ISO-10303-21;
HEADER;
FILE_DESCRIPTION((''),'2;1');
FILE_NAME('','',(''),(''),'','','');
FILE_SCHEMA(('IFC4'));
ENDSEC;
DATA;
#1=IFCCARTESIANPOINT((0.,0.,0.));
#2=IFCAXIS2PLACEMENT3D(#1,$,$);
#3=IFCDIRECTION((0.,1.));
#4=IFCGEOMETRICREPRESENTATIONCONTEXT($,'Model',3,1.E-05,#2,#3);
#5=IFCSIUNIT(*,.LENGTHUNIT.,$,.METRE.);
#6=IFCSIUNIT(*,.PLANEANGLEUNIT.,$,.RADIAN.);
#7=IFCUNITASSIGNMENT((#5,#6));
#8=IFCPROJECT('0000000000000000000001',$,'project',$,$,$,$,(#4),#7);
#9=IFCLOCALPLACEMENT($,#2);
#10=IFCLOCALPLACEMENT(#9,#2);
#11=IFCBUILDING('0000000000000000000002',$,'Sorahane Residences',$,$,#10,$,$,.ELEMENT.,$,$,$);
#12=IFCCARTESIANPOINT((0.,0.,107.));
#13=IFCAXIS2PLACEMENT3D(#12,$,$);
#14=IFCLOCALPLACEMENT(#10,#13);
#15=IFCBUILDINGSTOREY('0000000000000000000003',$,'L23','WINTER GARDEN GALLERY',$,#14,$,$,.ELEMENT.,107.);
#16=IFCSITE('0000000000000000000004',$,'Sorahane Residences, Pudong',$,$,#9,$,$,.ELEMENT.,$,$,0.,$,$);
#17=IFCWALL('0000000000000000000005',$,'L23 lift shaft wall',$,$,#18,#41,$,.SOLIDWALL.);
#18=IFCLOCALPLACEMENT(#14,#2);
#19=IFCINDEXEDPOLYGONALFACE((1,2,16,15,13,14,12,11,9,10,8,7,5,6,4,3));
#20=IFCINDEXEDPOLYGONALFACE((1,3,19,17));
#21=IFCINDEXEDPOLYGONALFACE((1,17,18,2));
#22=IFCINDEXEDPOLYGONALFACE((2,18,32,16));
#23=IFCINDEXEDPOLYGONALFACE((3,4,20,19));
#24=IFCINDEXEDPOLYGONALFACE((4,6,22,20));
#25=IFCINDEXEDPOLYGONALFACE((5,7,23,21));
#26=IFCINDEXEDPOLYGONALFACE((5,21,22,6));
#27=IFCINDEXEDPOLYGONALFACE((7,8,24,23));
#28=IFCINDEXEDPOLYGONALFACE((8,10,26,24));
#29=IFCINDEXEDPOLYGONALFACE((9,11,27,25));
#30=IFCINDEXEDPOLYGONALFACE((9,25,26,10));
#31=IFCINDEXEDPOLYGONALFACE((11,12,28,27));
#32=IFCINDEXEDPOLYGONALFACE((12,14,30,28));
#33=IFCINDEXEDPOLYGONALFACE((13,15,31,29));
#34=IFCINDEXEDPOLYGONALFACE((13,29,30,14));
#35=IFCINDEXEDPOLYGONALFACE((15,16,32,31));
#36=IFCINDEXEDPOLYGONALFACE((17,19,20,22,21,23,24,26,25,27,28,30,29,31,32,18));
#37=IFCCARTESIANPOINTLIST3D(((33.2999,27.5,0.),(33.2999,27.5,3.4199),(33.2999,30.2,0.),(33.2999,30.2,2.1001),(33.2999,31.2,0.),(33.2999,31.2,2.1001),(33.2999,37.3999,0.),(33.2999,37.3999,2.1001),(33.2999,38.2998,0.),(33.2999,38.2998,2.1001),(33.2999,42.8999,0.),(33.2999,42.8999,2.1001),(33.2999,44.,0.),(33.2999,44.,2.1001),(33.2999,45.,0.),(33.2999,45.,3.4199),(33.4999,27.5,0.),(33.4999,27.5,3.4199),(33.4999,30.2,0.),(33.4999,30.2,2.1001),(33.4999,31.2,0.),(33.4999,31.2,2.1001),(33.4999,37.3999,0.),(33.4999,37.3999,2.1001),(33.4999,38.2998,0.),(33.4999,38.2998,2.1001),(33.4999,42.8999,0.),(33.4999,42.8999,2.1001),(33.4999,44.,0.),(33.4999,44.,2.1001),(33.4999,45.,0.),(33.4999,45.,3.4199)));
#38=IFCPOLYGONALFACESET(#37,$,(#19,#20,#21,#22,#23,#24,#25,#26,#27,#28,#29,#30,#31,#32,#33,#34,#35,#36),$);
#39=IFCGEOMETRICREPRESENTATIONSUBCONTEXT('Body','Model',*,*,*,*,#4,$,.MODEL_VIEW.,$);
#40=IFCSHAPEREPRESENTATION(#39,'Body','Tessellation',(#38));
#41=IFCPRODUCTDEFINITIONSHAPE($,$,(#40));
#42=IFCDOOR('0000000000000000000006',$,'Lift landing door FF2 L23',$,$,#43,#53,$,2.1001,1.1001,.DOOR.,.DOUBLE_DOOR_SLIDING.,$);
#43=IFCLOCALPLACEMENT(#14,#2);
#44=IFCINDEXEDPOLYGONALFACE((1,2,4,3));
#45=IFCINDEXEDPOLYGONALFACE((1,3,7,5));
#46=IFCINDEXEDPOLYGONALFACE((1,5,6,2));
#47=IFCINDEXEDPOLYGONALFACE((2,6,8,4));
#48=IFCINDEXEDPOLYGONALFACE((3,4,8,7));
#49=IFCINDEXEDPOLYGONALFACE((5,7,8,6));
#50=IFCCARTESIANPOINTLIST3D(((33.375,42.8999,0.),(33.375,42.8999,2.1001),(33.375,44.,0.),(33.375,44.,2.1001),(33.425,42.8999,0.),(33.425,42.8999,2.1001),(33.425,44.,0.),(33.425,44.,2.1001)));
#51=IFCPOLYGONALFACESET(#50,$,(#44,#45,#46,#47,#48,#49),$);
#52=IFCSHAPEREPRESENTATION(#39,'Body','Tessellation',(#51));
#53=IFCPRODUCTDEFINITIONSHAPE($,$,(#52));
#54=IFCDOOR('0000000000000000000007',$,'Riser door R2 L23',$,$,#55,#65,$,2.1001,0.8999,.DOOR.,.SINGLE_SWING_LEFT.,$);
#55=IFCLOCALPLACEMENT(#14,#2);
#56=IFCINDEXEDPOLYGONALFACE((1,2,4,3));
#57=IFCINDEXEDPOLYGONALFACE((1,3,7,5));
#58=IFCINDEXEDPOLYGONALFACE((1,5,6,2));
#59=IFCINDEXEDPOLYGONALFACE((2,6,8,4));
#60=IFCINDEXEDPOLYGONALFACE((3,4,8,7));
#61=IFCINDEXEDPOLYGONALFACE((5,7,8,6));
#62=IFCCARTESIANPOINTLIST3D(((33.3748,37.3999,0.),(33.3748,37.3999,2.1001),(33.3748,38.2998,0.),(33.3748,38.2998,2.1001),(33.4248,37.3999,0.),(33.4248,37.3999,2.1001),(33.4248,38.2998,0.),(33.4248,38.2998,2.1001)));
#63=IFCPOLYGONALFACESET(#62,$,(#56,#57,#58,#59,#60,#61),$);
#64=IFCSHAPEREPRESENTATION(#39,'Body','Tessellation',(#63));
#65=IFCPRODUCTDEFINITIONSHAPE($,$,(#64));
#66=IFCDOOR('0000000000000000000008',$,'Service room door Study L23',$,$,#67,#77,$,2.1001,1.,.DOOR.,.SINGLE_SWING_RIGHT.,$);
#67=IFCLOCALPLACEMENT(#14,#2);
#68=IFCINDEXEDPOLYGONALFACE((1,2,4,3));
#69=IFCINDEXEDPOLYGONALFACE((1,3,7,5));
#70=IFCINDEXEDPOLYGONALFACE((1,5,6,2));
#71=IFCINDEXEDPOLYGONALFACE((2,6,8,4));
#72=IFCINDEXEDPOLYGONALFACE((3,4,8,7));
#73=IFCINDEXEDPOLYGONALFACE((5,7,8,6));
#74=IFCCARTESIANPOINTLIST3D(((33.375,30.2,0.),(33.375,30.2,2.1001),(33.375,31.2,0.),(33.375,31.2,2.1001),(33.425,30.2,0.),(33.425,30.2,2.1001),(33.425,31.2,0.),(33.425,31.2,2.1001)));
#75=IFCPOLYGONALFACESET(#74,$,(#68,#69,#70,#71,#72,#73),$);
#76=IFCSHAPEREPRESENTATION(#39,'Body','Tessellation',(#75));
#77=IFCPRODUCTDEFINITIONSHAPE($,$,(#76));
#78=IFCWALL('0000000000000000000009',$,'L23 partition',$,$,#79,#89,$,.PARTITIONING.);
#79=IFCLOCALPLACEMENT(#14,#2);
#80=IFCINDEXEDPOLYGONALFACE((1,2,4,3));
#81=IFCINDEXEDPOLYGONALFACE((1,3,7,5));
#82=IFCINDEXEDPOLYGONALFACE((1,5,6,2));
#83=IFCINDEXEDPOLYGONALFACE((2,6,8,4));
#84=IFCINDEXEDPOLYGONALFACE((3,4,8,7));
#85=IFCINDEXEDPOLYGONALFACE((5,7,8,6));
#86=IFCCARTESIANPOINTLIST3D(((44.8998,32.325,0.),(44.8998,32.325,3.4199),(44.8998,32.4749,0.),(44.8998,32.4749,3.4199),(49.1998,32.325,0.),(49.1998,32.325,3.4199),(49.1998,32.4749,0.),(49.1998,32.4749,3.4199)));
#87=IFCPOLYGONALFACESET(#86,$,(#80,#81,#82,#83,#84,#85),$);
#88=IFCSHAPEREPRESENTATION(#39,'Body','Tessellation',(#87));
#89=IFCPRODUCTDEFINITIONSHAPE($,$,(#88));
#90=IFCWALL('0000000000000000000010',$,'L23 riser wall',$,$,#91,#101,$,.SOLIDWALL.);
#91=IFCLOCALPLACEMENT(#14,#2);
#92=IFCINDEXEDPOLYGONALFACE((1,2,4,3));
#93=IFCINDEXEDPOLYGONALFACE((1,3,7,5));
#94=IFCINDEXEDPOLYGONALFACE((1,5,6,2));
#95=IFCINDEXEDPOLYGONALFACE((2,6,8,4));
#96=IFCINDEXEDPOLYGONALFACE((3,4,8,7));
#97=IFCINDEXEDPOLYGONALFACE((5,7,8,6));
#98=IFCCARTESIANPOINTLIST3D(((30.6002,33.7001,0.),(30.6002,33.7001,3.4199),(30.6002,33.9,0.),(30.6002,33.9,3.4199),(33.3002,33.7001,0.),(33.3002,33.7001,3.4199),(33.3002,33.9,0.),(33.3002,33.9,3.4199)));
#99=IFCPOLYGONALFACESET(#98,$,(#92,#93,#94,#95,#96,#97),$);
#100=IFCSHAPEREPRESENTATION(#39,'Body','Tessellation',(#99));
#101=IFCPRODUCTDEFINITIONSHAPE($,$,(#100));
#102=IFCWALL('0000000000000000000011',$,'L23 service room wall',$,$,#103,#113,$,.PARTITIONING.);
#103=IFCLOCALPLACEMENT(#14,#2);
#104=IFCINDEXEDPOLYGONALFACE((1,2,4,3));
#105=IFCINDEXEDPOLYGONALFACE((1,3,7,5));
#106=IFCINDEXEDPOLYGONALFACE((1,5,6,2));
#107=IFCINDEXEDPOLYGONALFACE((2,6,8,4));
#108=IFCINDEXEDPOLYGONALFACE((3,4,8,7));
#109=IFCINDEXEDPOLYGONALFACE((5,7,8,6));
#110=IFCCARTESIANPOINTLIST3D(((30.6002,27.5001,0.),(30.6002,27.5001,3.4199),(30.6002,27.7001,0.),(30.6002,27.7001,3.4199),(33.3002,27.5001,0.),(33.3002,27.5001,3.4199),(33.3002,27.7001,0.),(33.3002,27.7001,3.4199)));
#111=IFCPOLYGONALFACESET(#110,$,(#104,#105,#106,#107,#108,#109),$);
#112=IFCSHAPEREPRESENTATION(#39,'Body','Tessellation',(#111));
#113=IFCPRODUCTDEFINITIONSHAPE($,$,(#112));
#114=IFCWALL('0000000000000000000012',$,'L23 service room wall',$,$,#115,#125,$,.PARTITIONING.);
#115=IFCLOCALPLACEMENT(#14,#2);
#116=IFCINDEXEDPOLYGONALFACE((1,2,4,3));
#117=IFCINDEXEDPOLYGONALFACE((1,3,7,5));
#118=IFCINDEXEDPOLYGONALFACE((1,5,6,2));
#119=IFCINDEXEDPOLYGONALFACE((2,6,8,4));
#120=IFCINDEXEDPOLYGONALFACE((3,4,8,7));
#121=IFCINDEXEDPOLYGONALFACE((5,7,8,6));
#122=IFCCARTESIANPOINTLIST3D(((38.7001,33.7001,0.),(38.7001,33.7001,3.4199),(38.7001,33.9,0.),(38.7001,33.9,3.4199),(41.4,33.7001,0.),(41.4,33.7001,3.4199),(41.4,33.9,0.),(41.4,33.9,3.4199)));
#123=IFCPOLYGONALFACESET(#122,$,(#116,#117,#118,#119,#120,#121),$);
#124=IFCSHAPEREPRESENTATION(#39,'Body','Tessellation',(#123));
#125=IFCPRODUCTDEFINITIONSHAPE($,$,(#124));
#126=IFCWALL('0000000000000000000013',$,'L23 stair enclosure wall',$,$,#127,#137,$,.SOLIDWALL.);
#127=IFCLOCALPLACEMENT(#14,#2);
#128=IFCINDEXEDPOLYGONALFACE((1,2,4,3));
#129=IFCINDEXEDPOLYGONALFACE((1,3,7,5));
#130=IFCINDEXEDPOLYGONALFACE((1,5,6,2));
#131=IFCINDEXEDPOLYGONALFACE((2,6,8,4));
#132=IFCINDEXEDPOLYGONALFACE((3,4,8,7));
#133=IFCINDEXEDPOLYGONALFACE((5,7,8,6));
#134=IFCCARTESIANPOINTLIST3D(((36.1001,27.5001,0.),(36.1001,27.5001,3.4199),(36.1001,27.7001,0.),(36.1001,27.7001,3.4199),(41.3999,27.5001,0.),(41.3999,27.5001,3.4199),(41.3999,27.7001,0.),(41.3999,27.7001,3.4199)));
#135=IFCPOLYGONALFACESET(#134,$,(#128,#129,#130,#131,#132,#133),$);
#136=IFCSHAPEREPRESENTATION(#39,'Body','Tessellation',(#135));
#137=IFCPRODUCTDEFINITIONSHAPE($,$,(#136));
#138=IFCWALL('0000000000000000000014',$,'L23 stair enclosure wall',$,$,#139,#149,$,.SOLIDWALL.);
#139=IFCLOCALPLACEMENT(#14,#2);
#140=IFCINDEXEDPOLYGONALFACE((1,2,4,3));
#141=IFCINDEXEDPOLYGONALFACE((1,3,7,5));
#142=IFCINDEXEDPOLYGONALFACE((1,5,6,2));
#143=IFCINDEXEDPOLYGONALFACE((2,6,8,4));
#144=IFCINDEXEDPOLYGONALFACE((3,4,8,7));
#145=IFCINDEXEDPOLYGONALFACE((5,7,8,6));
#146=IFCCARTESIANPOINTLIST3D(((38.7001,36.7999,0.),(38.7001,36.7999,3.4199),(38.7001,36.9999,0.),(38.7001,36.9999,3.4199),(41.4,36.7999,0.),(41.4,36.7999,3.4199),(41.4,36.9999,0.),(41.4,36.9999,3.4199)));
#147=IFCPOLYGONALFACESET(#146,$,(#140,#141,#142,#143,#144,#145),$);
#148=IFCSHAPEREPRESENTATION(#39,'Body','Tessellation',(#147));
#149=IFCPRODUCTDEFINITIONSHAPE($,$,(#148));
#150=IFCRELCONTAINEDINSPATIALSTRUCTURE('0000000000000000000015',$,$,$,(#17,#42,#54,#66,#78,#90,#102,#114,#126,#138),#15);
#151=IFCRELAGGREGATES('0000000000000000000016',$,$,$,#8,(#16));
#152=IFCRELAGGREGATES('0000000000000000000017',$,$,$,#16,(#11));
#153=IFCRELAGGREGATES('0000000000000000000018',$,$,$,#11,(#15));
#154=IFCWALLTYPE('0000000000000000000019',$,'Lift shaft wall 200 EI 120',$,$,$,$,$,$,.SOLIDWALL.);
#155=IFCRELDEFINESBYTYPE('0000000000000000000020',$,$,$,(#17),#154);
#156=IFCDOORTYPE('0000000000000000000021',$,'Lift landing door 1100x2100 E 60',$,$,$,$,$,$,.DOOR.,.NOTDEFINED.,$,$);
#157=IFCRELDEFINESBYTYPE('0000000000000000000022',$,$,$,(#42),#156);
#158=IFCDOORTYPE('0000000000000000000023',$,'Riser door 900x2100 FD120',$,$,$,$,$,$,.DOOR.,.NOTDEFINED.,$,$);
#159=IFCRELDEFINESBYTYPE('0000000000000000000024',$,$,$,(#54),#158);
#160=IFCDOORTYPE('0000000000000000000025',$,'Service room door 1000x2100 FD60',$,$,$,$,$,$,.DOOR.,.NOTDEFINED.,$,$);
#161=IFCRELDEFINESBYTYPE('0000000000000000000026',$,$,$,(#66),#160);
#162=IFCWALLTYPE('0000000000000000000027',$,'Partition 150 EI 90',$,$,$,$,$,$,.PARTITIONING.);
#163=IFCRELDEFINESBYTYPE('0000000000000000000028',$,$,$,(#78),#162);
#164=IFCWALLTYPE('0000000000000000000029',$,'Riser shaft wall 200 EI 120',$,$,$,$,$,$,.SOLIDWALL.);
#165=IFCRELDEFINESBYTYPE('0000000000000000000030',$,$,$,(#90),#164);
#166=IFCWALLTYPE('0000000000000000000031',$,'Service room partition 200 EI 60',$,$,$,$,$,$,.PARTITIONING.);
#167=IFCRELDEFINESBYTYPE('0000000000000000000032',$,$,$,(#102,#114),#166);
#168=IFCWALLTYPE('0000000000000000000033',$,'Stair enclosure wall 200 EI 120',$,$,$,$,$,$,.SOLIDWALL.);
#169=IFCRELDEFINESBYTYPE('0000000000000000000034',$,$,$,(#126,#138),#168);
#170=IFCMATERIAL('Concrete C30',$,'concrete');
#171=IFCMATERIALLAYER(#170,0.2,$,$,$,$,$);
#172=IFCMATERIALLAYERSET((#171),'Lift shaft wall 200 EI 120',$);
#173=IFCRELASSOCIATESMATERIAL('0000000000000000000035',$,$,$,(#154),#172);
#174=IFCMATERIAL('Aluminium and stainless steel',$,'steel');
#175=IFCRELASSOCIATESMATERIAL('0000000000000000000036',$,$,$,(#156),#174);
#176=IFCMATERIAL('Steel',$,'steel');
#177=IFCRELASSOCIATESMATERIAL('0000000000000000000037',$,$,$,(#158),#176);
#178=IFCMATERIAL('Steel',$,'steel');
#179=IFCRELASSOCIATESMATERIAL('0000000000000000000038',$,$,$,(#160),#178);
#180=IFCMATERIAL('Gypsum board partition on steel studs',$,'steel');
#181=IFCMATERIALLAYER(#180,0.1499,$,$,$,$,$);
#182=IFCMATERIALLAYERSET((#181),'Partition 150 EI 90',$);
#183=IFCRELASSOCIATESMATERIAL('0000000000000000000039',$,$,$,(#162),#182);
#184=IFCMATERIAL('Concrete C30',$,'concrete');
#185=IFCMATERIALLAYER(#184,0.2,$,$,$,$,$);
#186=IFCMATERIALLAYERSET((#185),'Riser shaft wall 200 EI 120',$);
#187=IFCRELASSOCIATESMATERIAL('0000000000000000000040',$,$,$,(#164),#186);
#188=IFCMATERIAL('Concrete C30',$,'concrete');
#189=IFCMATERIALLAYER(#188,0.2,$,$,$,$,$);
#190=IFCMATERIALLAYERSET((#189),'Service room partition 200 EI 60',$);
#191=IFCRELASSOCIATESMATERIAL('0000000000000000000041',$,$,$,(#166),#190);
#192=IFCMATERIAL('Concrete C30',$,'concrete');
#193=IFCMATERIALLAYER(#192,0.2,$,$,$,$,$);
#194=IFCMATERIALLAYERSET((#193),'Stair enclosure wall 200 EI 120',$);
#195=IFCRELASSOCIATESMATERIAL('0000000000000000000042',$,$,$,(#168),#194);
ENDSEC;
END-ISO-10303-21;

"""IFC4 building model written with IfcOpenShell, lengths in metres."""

from ifc_helpers import new_model, si_unit, direction, frame, frame_2d, origin, place, context, subcontext, project, spatial, rectangle, extrude, material, layer, layer_set, type_object, element, fill, save


model = new_model("IFC4")

# Units and contexts
model_context = context("Model", 3, precision=1e-05, world=origin(), true_north=direction((0.0, 1.0)))
body_context = subcontext(model_context, "Body", "Model", "MODEL_VIEW")
ifc_project = project(units=[si_unit("LENGTHUNIT", "METRE"), si_unit("PLANEANGLEUNIT", "RADIAN")], contexts=[model_context])

# Site, building, storey
site_placement = place(None, origin())
site = spatial("IfcSite", under=ifc_project, at=site_placement, Name="Sorahane Residences, Pudong", CompositionType="ELEMENT", RefElevation=0.0)
building_placement = place(site_placement, origin())
building = spatial("IfcBuilding", under=site, at=building_placement, Name="Sorahane Residences", CompositionType="ELEMENT")
storey_placement = place(building_placement, frame((0.0, 0.0, 107.0)))
storey = spatial("IfcBuildingStorey", under=building, at=storey_placement, Name="L23", Description="WINTER GARDEN GALLERY", CompositionType="ELEMENT", Elevation=107.0)

# Wall, openings, doors
ifc_material_1 = material(Name="Concrete C30", Category="concrete")
ifc_layer_1 = layer(ifc_material_1, 0.2)
ifc_layer_set_1 = layer_set([ifc_layer_1], Name="Lift shaft wall 200 EI 120")
wall_type_1 = type_object("IfcWallType", Name="Lift shaft wall 200 EI 120", PredefinedType="SOLIDWALL", material=ifc_layer_set_1)
wall_1_placement = place(storey_placement, frame((33.3999, 27.5, 0.0), z_axis=(0.0, 0.0, 1.0), x_axis=(0.0, 1.0, 0.0)))
wall_1 = element("IfcWall", 1, at=wall_1_placement, inside=storey, type_object=wall_type_1, Name="L23 lift shaft wall", PredefinedType="SOLIDWALL", context=body_context, shape_type="SweptSolid", body=[
    extrude(rectangle(XDim=17.5, YDim=0.2, at=frame_2d((8.75, 0.0))), origin(), (0.0, 0.0, 1.0), 3.4199),
])
opening_1_placement = place(wall_1_placement, frame((15.3999, 0.0, 0.0)))
opening_1 = element("IfcOpeningElement", 2, at=opening_1_placement, cuts=wall_1, PredefinedType="OPENING", context=body_context, shape_type="SweptSolid", body=[
    extrude(rectangle(XDim=1.1001, YDim=2.1001, at=frame_2d((0.55, 1.05))), frame((0.0, 0.1099, 0.0), z_axis=(0.0, -1.0, 0.0), x_axis=(1.0, 0.0, 0.0)), (0.0, 0.0, 1.0), 0.22),
])
opening_2_placement = place(wall_1_placement, frame((2.7, 0.0, 0.0)))
opening_2 = element("IfcOpeningElement", 3, at=opening_2_placement, cuts=wall_1, PredefinedType="OPENING", context=body_context, shape_type="SweptSolid", body=[
    extrude(rectangle(XDim=1.0, YDim=2.1001, at=frame_2d((0.5, 1.05))), frame((0.0, 0.1099, 0.0), z_axis=(0.0, -1.0, 0.0), x_axis=(1.0, 0.0, 0.0)), (0.0, 0.0, 1.0), 0.22),
])
opening_3_placement = place(wall_1_placement, frame((9.8999, 0.0, 0.0)))
opening_3 = element("IfcOpeningElement", 4, at=opening_3_placement, cuts=wall_1, PredefinedType="OPENING", context=body_context, shape_type="SweptSolid", body=[
    extrude(rectangle(XDim=0.8999, YDim=2.1001, at=frame_2d((0.45, 1.05))), frame((0.0, 0.1099, 0.0), z_axis=(0.0, -1.0, 0.0), x_axis=(1.0, 0.0, 0.0)), (0.0, 0.0, 1.0), 0.22),
])
ifc_material_2 = material(Name="Aluminium and stainless steel", Category="steel")
door_type_1 = type_object("IfcDoorType", Name="Lift landing door 1100x2100 E 60", OperationType="NOTDEFINED", PredefinedType="DOOR", material=ifc_material_2)
door_1_placement = place(opening_1_placement, origin())
door_1 = element("IfcDoor", 5, at=door_1_placement, inside=storey, type_object=door_type_1, Name="Lift landing door FF2 L23", OperationType="DOUBLE_DOOR_SLIDING", OverallHeight=2.1001, OverallWidth=1.1001, PredefinedType="DOOR", context=body_context, shape_type="SweptSolid", body=[
    extrude(rectangle(XDim=1.1001, YDim=2.1001, at=frame_2d((0.55, 1.05))), frame((0.0, 0.0249, 0.0), z_axis=(0.0, -1.0, 0.0), x_axis=(1.0, 0.0, 0.0)), (0.0, 0.0, 1.0), 0.05),
])
fill(opening_1, door_1)
ifc_material_3 = material(Name="Steel", Category="steel")
door_type_2 = type_object("IfcDoorType", Name="Riser door 900x2100 FD120", OperationType="NOTDEFINED", PredefinedType="DOOR", material=ifc_material_3)
door_2_placement = place(opening_3_placement, frame((0.8999, 0.0, 0.0), z_axis=(0.0, 0.0, 1.0), x_axis=(-1.0, 0.0, 0.0)))
door_2 = element("IfcDoor", 6, at=door_2_placement, inside=storey, type_object=door_type_2, Name="Riser door R2 L23", OperationType="SINGLE_SWING_LEFT", OverallHeight=2.1001, OverallWidth=0.8999, PredefinedType="DOOR", context=body_context, shape_type="SweptSolid", body=[
    extrude(rectangle(XDim=0.8999, YDim=2.1001, at=frame_2d((0.45, 1.05))), frame((0.0, 0.0249, 0.0), z_axis=(0.0, -1.0, 0.0), x_axis=(1.0, 0.0, 0.0)), (0.0, 0.0, 1.0), 0.05),
])
fill(opening_3, door_2)
ifc_material_4 = material(Name="Steel", Category="steel")
door_type_3 = type_object("IfcDoorType", Name="Service room door 1000x2100 FD60", OperationType="NOTDEFINED", PredefinedType="DOOR", material=ifc_material_4)
door_3_placement = place(opening_2_placement, origin())
door_3 = element("IfcDoor", 7, at=door_3_placement, inside=storey, type_object=door_type_3, Name="Service room door Study L23", OperationType="SINGLE_SWING_RIGHT", OverallHeight=2.1001, OverallWidth=1.0, PredefinedType="DOOR", context=body_context, shape_type="SweptSolid", body=[
    extrude(rectangle(XDim=1.0, YDim=2.1001, at=frame_2d((0.5, 1.05))), frame((0.0, 0.0249, 0.0), z_axis=(0.0, -1.0, 0.0), x_axis=(1.0, 0.0, 0.0)), (0.0, 0.0, 1.0), 0.05),
])
fill(opening_2, door_3)

# Walls
ifc_material_5 = material(Name="Gypsum board partition on steel studs", Category="steel")
ifc_layer_2 = layer(ifc_material_5, 0.1499)
ifc_layer_set_2 = layer_set([ifc_layer_2], Name="Partition 150 EI 90")
wall_type_2 = type_object("IfcWallType", Name="Partition 150 EI 90", PredefinedType="PARTITIONING", material=ifc_layer_set_2)
wall_2_placement = place(storey_placement, frame((44.8999, 32.3999, 0.0), z_axis=(0.0, 0.0, 1.0), x_axis=(1.0, 0.0, 0.0)))
element("IfcWall", 8, at=wall_2_placement, inside=storey, type_object=wall_type_2, Name="L23 partition", PredefinedType="PARTITIONING", context=body_context, shape_type="SweptSolid", body=[
    extrude(rectangle(XDim=4.3, YDim=0.1499, at=frame_2d((2.1499, 0.0))), origin(), (0.0, 0.0, 1.0), 3.4199),
])
ifc_material_6 = material(Name="Concrete C30", Category="concrete")
ifc_layer_3 = layer(ifc_material_6, 0.2)
ifc_layer_set_3 = layer_set([ifc_layer_3], Name="Riser shaft wall 200 EI 120")
wall_type_3 = type_object("IfcWallType", Name="Riser shaft wall 200 EI 120", PredefinedType="SOLIDWALL", material=ifc_layer_set_3)
wall_3_placement = place(storey_placement, frame((30.6001, 33.8, 0.0), z_axis=(0.0, 0.0, 1.0), x_axis=(1.0, 0.0, 0.0)))
element("IfcWall", 9, at=wall_3_placement, inside=storey, type_object=wall_type_3, Name="L23 riser wall", PredefinedType="SOLIDWALL", context=body_context, shape_type="SweptSolid", body=[
    extrude(rectangle(XDim=2.7, YDim=0.2, at=frame_2d((1.3501, 0.0))), origin(), (0.0, 0.0, 1.0), 3.4199),
])
ifc_material_7 = material(Name="Concrete C30", Category="concrete")
ifc_layer_4 = layer(ifc_material_7, 0.2)
ifc_layer_set_4 = layer_set([ifc_layer_4], Name="Service room partition 200 EI 60")
wall_type_4 = type_object("IfcWallType", Name="Service room partition 200 EI 60", PredefinedType="PARTITIONING", material=ifc_layer_set_4)
for number, where, z_axis, x_axis, name in (
    (10, (30.6001, 27.6001, 0.0), (0.0, 0.0, 1.0), (1.0, 0.0, 0.0), "L23 service room wall"),
    (11, (38.7, 33.8, 0.0), (0.0, 0.0, 1.0), (1.0, 0.0, 0.0), "L23 service room wall"),
):
    element("IfcWall", number, at=place(storey_placement, frame(where, z_axis=z_axis, x_axis=x_axis)), inside=storey, type_object=wall_type_4, Name=name, PredefinedType="PARTITIONING", context=body_context, shape_type="SweptSolid", body=[
        extrude(rectangle(XDim=2.7, YDim=0.2, at=frame_2d((1.3501, 0.0))), origin(), (0.0, 0.0, 1.0), 3.4199),
    ])
ifc_material_8 = material(Name="Concrete C30", Category="concrete")
ifc_layer_5 = layer(ifc_material_8, 0.2)
ifc_layer_set_5 = layer_set([ifc_layer_5], Name="Stair enclosure wall 200 EI 120")
wall_type_5 = type_object("IfcWallType", Name="Stair enclosure wall 200 EI 120", PredefinedType="SOLIDWALL", material=ifc_layer_set_5)
wall_4_placement = place(storey_placement, frame((36.1001, 27.6001, 0.0), z_axis=(0.0, 0.0, 1.0), x_axis=(1.0, 0.0, 0.0)))
element("IfcWall", 12, at=wall_4_placement, inside=storey, type_object=wall_type_5, Name="L23 stair enclosure wall", PredefinedType="SOLIDWALL", context=body_context, shape_type="SweptSolid", body=[
    extrude(rectangle(XDim=5.2998, YDim=0.2, at=frame_2d((2.6499, 0.0))), origin(), (0.0, 0.0, 1.0), 3.4199),
])
wall_5_placement = place(storey_placement, frame((38.7, 36.8999, 0.0), z_axis=(0.0, 0.0, 1.0), x_axis=(1.0, 0.0, 0.0)))
element("IfcWall", 13, at=wall_5_placement, inside=storey, type_object=wall_type_5, Name="L23 stair enclosure wall", PredefinedType="SOLIDWALL", context=body_context, shape_type="SweptSolid", body=[
    extrude(rectangle(XDim=2.7, YDim=0.2, at=frame_2d((1.3501, 0.0))), origin(), (0.0, 0.0, 1.0), 3.4199),
])

save(model, "model.ifc")
